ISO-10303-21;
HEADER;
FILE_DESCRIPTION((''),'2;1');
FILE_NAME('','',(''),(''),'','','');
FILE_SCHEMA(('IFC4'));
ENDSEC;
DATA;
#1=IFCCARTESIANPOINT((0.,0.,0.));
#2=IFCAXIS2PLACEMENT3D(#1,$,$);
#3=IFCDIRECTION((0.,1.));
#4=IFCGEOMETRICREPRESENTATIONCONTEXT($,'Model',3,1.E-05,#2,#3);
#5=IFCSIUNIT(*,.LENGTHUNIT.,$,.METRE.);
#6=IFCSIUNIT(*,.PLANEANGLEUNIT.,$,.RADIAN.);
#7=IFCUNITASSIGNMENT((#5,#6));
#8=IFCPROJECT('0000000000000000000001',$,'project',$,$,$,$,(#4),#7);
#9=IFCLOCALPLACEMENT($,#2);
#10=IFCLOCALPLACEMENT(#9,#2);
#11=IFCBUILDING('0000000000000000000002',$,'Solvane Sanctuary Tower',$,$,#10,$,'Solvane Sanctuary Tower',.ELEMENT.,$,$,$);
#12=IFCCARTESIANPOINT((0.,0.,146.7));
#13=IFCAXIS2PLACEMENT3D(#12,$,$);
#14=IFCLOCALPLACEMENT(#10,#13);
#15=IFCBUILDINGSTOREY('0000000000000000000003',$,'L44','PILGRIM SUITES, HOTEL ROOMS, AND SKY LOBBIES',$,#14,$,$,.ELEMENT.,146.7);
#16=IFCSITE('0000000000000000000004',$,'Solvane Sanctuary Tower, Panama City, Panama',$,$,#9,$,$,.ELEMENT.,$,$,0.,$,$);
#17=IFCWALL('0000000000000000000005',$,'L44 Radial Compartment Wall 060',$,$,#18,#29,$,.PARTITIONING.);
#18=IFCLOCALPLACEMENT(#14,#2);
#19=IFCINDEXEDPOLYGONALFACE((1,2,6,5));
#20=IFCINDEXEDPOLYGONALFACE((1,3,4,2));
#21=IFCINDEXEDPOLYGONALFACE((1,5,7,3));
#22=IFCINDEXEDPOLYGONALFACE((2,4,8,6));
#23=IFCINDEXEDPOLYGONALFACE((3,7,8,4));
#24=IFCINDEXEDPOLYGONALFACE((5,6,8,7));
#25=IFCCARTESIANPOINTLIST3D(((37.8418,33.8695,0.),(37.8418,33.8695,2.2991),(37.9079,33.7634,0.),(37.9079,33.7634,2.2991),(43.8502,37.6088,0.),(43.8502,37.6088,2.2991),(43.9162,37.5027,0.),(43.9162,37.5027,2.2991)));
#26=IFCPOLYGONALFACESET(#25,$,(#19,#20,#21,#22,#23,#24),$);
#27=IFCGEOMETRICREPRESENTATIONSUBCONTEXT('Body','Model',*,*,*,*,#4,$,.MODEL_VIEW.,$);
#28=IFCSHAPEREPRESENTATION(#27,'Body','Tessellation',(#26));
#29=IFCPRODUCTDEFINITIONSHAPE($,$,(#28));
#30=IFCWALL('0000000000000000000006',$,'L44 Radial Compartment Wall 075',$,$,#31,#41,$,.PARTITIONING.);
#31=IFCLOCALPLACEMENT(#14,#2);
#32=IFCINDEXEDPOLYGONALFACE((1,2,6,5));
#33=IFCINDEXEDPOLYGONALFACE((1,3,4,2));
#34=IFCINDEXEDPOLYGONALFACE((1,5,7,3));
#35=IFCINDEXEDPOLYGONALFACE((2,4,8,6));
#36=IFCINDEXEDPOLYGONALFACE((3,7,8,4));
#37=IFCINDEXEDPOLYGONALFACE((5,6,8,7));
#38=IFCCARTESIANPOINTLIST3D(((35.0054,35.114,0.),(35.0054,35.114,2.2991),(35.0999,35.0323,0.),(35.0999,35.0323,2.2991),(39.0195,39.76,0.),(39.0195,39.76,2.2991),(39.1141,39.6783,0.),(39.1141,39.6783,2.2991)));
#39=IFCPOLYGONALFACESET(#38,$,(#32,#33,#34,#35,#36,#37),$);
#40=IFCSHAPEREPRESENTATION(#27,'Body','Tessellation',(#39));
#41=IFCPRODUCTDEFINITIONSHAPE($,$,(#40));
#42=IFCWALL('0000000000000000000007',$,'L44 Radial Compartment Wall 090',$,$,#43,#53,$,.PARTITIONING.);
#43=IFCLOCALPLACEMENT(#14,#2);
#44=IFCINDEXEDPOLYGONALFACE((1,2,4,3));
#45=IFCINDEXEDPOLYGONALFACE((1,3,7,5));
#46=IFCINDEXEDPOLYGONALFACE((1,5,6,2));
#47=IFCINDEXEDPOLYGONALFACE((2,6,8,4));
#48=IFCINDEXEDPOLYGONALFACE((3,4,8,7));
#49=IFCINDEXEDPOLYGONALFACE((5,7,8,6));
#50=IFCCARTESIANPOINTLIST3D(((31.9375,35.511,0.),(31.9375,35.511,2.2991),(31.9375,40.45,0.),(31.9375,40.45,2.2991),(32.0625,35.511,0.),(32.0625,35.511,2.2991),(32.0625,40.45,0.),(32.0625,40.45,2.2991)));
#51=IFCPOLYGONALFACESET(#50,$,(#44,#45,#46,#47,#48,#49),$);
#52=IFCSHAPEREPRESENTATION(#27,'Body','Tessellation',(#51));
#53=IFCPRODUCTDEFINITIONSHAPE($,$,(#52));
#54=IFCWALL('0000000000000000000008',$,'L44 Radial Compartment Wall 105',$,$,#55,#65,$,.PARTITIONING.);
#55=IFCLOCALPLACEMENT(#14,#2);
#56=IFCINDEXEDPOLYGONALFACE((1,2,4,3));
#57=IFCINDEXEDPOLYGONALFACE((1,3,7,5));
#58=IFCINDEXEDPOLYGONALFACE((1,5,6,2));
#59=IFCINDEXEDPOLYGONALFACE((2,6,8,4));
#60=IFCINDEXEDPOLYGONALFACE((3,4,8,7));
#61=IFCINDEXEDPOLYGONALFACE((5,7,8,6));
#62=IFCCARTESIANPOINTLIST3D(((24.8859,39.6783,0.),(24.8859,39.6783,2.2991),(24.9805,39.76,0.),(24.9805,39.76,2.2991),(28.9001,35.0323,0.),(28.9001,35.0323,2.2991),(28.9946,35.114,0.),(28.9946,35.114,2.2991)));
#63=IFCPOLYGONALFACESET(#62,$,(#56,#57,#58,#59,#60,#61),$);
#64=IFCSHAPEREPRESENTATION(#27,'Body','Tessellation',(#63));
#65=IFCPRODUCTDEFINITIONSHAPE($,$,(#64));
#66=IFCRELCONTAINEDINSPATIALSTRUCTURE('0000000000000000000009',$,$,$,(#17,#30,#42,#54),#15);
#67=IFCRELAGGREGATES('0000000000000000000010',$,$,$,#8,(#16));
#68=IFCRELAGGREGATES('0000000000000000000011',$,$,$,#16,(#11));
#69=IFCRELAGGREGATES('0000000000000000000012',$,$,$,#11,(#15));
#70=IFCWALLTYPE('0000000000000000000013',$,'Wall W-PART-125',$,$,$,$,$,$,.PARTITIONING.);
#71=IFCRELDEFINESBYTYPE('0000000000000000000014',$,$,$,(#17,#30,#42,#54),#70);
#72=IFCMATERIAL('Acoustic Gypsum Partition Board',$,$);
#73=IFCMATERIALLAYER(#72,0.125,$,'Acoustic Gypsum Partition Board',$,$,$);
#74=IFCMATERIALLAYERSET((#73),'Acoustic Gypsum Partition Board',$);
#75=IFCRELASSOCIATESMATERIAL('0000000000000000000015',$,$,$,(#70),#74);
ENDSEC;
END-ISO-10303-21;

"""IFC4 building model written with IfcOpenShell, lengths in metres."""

from ifc_helpers import new_model, si_unit, direction, frame, frame_2d, origin, place, context, subcontext, project, spatial, rectangle, extrude, material, layer, layer_set, type_object, element, save


model = new_model("IFC4")

# Units and contexts
model_context = context("Model", 3, precision=1e-05, world=origin(), true_north=direction((0.0, 1.0)))
body_context = subcontext(model_context, "Body", "Model", "MODEL_VIEW")
ifc_project = project(units=[si_unit("LENGTHUNIT", "METRE"), si_unit("PLANEANGLEUNIT", "RADIAN")], contexts=[model_context])

# Site, building, storey
site_placement = place(None, origin())
site = spatial("IfcSite", under=ifc_project, at=site_placement, Name="Solvane Sanctuary Tower, Panama City, Panama", CompositionType="ELEMENT", RefElevation=0.0)
building_placement = place(site_placement, origin())
building = spatial("IfcBuilding", under=site, at=building_placement, Name="Solvane Sanctuary Tower", LongName="Solvane Sanctuary Tower", CompositionType="ELEMENT")
storey_placement = place(building_placement, frame((0.0, 0.0, 146.7)))
storey = spatial("IfcBuildingStorey", under=building, at=storey_placement, Name="L44", Description="PILGRIM SUITES, HOTEL ROOMS, AND SKY LOBBIES", CompositionType="ELEMENT", Elevation=146.7)

# Shared definitions
ifc_material_1 = material(Name="Acoustic Gypsum Partition Board")

# Walls
ifc_layer_1 = layer(ifc_material_1, 0.125, Name="Acoustic Gypsum Partition Board")
ifc_layer_set_1 = layer_set([ifc_layer_1], Name="Acoustic Gypsum Partition Board")
wall_type_1 = type_object("IfcWallType", Name="Wall W-PART-125", PredefinedType="PARTITIONING", material=ifc_layer_set_1)
wall_1_placement = place(storey_placement, frame((37.8748, 33.8164, 0.0), z_axis=(0.0, 0.0, 1.0), x_axis=(0.849008, 0.528379, 0.0)))
element("IfcWall", 1, at=wall_1_placement, inside=storey, type_object=wall_type_1, Name="L44 Radial Compartment Wall 060", PredefinedType="PARTITIONING", context=body_context, shape_type="SweptSolid", body=[
    extrude(rectangle(XDim=7.0769, YDim=0.125, at=frame_2d((3.5386, 0.0))), origin(), (0.0, 0.0, 1.0), 2.2991),
])
wall_2_placement = place(storey_placement, frame((35.0527, 35.0732, 0.0), z_axis=(0.0, 0.0, 1.0), x_axis=(0.653779, 0.756685, 0.0)))
element("IfcWall", 2, at=wall_2_placement, inside=storey, type_object=wall_type_1, Name="L44 Radial Compartment Wall 075", PredefinedType="PARTITIONING", context=body_context, shape_type="SweptSolid", body=[
    extrude(rectangle(XDim=6.1399, YDim=0.125, at=frame_2d((3.0698, 0.0))), origin(), (0.0, 0.0, 1.0), 2.2991),
])
wall_3_placement = place(storey_placement, frame((32.0, 35.511, 0.0), z_axis=(0.0, 0.0, 1.0), x_axis=(0.0, 1.0, 0.0)))
element("IfcWall", 3, at=wall_3_placement, inside=storey, type_object=wall_type_1, Name="L44 Radial Compartment Wall 090", PredefinedType="PARTITIONING", context=body_context, shape_type="SweptSolid", body=[
    extrude(rectangle(XDim=4.939, YDim=0.125, at=frame_2d((2.4695, 0.0))), origin(), (0.0, 0.0, 1.0), 2.2991),
])
wall_4_placement = place(storey_placement, frame((28.9473, 35.0732, 0.0), z_axis=(0.0, 0.0, 1.0), x_axis=(-0.653779, 0.756685, 0.0)))
element("IfcWall", 4, at=wall_4_placement, inside=storey, type_object=wall_type_1, Name="L44 Radial Compartment Wall 105", PredefinedType="PARTITIONING", context=body_context, shape_type="SweptSolid", body=[
    extrude(rectangle(XDim=6.1399, YDim=0.125, at=frame_2d((3.0698, 0.0))), origin(), (0.0, 0.0, 1.0), 2.2991),
])

save(model, "model.ifc")
